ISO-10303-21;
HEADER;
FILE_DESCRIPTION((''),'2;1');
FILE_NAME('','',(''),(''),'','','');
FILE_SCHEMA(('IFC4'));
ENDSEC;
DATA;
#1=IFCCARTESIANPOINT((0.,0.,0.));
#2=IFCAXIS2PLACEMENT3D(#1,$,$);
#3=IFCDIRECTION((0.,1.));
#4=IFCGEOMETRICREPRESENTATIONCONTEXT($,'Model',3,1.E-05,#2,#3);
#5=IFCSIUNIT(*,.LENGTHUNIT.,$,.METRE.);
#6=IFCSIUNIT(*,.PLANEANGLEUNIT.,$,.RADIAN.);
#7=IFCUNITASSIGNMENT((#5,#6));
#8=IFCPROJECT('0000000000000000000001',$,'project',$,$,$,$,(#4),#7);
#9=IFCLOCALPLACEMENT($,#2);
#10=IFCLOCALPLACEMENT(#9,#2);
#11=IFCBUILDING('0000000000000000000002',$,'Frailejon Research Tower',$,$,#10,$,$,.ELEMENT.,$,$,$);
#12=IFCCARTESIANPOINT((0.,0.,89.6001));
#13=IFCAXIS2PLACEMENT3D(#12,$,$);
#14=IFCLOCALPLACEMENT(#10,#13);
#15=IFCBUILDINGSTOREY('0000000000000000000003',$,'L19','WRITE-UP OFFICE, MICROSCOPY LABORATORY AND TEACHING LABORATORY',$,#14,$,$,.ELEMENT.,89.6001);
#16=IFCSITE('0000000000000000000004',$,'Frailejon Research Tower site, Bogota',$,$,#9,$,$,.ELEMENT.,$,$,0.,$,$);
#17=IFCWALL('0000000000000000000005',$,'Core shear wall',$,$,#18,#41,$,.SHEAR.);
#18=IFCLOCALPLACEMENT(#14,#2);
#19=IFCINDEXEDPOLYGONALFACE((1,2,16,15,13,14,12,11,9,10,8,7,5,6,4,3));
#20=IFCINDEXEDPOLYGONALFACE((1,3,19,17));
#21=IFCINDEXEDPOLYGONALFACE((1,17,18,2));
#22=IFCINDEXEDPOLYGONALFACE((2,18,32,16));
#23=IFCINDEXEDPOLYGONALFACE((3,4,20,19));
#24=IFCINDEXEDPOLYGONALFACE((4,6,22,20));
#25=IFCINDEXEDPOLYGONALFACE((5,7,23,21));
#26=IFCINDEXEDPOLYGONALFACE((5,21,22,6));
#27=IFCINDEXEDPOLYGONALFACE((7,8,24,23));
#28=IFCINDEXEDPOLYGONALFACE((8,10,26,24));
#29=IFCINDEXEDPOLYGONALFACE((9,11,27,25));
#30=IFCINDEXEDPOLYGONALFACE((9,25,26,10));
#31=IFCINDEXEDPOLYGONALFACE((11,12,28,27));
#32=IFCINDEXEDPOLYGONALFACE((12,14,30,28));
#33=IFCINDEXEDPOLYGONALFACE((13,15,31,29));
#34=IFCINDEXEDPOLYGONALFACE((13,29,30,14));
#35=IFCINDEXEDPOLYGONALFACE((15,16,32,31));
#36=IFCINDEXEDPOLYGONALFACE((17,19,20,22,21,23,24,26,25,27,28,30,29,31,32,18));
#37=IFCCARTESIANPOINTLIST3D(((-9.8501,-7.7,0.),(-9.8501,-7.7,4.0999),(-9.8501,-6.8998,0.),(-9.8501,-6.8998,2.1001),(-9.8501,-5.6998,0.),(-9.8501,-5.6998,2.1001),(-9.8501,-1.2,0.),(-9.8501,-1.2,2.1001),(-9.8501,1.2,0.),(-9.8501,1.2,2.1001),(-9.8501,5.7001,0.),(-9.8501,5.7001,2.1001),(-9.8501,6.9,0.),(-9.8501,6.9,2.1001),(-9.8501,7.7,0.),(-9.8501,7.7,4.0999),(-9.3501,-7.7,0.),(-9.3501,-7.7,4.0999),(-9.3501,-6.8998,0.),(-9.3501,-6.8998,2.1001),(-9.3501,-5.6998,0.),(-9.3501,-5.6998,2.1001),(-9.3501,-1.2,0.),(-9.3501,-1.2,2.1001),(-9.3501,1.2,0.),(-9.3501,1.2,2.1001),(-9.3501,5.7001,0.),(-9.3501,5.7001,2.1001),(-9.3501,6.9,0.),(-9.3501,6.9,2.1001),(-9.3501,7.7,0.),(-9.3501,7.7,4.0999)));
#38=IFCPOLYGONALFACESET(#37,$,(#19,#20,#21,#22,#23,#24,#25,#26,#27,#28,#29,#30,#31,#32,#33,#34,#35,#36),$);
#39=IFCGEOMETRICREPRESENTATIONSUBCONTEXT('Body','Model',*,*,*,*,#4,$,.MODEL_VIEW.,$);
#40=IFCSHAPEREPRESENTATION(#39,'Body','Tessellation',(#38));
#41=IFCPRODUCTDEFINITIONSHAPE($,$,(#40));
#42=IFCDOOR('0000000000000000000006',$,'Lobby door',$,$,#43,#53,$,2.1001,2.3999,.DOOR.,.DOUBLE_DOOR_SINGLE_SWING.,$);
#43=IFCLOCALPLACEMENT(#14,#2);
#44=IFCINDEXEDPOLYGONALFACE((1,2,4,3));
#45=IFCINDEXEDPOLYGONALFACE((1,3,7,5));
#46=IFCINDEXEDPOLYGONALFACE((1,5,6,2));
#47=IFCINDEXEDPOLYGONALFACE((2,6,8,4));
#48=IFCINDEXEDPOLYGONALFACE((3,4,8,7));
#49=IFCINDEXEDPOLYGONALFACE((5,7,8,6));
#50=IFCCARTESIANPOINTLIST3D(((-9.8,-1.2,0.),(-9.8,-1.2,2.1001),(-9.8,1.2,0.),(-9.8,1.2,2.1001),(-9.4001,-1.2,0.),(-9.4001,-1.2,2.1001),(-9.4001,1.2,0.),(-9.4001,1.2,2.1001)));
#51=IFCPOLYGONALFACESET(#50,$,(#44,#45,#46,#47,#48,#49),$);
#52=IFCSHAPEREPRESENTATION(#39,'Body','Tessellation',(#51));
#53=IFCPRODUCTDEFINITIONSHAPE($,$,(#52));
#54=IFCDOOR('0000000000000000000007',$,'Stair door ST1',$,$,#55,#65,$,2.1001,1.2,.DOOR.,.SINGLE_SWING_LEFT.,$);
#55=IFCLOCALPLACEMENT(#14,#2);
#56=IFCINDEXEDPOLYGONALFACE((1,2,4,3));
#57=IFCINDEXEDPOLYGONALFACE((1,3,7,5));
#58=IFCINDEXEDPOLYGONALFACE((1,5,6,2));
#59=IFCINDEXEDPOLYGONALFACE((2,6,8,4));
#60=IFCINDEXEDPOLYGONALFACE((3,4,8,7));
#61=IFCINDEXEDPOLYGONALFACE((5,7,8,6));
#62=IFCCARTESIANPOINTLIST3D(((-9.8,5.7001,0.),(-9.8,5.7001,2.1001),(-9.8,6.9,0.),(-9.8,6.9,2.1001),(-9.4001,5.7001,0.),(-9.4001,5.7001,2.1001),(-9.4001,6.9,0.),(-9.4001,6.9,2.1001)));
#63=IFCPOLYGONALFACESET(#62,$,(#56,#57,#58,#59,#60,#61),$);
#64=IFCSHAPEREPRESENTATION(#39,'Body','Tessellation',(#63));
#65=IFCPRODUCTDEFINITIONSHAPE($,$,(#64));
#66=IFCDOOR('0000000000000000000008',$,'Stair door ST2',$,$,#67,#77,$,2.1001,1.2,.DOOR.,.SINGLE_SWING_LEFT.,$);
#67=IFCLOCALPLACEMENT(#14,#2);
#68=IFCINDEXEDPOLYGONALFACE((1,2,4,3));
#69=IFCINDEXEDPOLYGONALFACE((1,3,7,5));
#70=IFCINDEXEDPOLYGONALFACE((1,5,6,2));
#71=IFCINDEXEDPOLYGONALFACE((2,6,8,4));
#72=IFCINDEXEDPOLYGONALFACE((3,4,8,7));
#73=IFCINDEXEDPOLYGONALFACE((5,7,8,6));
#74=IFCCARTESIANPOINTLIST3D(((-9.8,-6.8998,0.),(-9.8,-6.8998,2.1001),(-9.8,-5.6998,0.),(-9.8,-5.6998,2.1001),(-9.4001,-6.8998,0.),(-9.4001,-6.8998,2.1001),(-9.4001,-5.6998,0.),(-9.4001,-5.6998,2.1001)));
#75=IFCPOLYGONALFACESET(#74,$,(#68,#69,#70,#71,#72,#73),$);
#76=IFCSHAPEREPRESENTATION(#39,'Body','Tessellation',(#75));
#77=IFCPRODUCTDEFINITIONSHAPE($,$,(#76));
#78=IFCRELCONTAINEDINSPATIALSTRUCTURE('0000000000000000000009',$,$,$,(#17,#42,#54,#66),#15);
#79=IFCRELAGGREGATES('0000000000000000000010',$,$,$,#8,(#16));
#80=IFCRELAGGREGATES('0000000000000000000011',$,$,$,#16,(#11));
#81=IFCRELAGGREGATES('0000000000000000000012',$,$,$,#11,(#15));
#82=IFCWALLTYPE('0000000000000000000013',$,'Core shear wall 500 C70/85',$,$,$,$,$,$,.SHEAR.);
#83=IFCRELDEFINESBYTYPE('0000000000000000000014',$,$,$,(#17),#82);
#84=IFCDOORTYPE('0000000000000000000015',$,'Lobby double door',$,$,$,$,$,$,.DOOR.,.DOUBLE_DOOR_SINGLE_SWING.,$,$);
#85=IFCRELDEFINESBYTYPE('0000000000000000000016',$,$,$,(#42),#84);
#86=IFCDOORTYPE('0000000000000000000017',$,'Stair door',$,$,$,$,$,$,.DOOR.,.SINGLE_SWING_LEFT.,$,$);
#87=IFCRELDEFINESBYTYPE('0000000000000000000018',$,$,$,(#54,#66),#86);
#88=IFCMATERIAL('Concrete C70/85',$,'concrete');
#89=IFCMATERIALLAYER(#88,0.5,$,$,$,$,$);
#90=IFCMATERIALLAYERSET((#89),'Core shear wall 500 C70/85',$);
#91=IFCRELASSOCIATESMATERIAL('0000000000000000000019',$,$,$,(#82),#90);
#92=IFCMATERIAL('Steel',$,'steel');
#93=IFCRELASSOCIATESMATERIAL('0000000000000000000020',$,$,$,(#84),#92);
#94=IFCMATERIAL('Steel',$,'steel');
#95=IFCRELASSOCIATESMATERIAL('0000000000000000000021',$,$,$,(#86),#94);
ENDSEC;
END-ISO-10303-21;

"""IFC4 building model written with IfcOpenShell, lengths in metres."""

from ifc_helpers import new_model, si_unit, direction, frame, frame_2d, origin, place, context, subcontext, project, spatial, rectangle, extrude, material, layer, layer_set, type_object, element, fill, save


model = new_model("IFC4")

# Units and contexts
model_context = context("Model", 3, precision=1e-05, world=origin(), true_north=direction((0.0, 1.0)))
body_context = subcontext(model_context, "Body", "Model", "MODEL_VIEW")
ifc_project = project(units=[si_unit("LENGTHUNIT", "METRE"), si_unit("PLANEANGLEUNIT", "RADIAN")], contexts=[model_context])

# Site, building, storey
site_placement = place(None, origin())
site = spatial("IfcSite", under=ifc_project, at=site_placement, Name="Frailejon Research Tower site, Bogota", CompositionType="ELEMENT", RefElevation=0.0)
building_placement = place(site_placement, origin())
building = spatial("IfcBuilding", under=site, at=building_placement, Name="Frailejon Research Tower", CompositionType="ELEMENT")
storey_placement = place(building_placement, frame((0.0, 0.0, 89.6001)))
storey = spatial("IfcBuildingStorey", under=building, at=storey_placement, Name="L19", Description="WRITE-UP OFFICE, MICROSCOPY LABORATORY AND TEACHING LABORATORY", CompositionType="ELEMENT", Elevation=89.6001)

# Wall, openings, doors
ifc_material_1 = material(Name="Concrete C70/85", Category="concrete")
ifc_layer_1 = layer(ifc_material_1, 0.5)
ifc_layer_set_1 = layer_set([ifc_layer_1], Name="Core shear wall 500 C70/85")
wall_type_1 = type_object("IfcWallType", Name="Core shear wall 500 C70/85", PredefinedType="SHEAR", material=ifc_layer_set_1)
wall_1_placement = place(storey_placement, frame((-9.6001, -7.7, 0.0), z_axis=(0.0, 0.0, 1.0), x_axis=(0.0, 1.0, 0.0)))
wall_1 = element("IfcWall", 1, at=wall_1_placement, inside=storey, type_object=wall_type_1, Name="Core shear wall", PredefinedType="SHEAR", context=body_context, shape_type="SweptSolid", body=[
    extrude(rectangle(XDim=15.3999, YDim=0.5, at=frame_2d((7.7, 0.0))), origin(), (0.0, 0.0, 1.0), 4.0999),
])
opening_1_placement = place(wall_1_placement, frame((6.5, 0.0, 0.0)))
opening_1 = element("IfcOpeningElement", 2, at=opening_1_placement, cuts=wall_1, PredefinedType="OPENING", context=body_context, shape_type="SweptSolid", body=[
    extrude(rectangle(XDim=2.3999, YDim=2.1001, at=frame_2d((1.2, 1.05))), frame((0.0, 0.26, 0.0), z_axis=(0.0, -1.0, 0.0), x_axis=(1.0, 0.0, 0.0)), (0.0, 0.0, 1.0), 0.52),
])
opening_2_placement = place(wall_1_placement, frame((13.3999, 0.0, 0.0)))
opening_2 = element("IfcOpeningElement", 3, at=opening_2_placement, cuts=wall_1, PredefinedType="OPENING", context=body_context, shape_type="SweptSolid", body=[
    extrude(rectangle(XDim=1.2, YDim=2.1001, at=frame_2d((0.6001, 1.05))), frame((0.0, 0.26, 0.0), z_axis=(0.0, -1.0, 0.0), x_axis=(1.0, 0.0, 0.0)), (0.0, 0.0, 1.0), 0.52),
])
opening_3_placement = place(wall_1_placement, frame((0.8, 0.0, 0.0)))
opening_3 = element("IfcOpeningElement", 4, at=opening_3_placement, cuts=wall_1, PredefinedType="OPENING", context=body_context, shape_type="SweptSolid", body=[
    extrude(rectangle(XDim=1.2, YDim=2.1001, at=frame_2d((0.6001, 1.05))), frame((0.0, 0.26, 0.0), z_axis=(0.0, -1.0, 0.0), x_axis=(1.0, 0.0, 0.0)), (0.0, 0.0, 1.0), 0.52),
])
ifc_material_2 = material(Name="Steel", Category="steel")
door_type_1 = type_object("IfcDoorType", Name="Lobby double door", OperationType="DOUBLE_DOOR_SINGLE_SWING", PredefinedType="DOOR", material=ifc_material_2)
door_1_placement = place(opening_1_placement, origin())
door_1 = element("IfcDoor", 5, at=door_1_placement, inside=storey, type_object=door_type_1, Name="Lobby door", OperationType="DOUBLE_DOOR_SINGLE_SWING", OverallHeight=2.1001, OverallWidth=2.3999, PredefinedType="DOOR", context=body_context, shape_type="SweptSolid", body=[
    extrude(rectangle(XDim=2.3999, YDim=2.1001, at=frame_2d((1.2, 1.05))), frame((0.0, 0.2, 0.0), z_axis=(0.0, -1.0, 0.0), x_axis=(1.0, 0.0, 0.0)), (0.0, 0.0, 1.0), 0.3999),
])
fill(opening_1, door_1)
ifc_material_3 = material(Name="Steel", Category="steel")
door_type_2 = type_object("IfcDoorType", Name="Stair door", OperationType="SINGLE_SWING_LEFT", PredefinedType="DOOR", material=ifc_material_3)
door_2_placement = place(opening_2_placement, origin())
door_2 = element("IfcDoor", 6, at=door_2_placement, inside=storey, type_object=door_type_2, Name="Stair door ST1", OperationType="SINGLE_SWING_LEFT", OverallHeight=2.1001, OverallWidth=1.2, PredefinedType="DOOR", context=body_context, shape_type="SweptSolid", body=[
    extrude(rectangle(XDim=1.2, YDim=2.1001, at=frame_2d((0.6001, 1.05))), frame((0.0, 0.2, 0.0), z_axis=(0.0, -1.0, 0.0), x_axis=(1.0, 0.0, 0.0)), (0.0, 0.0, 1.0), 0.3999),
])
fill(opening_2, door_2)
door_3_placement = place(opening_3_placement, origin())
door_3 = element("IfcDoor", 7, at=door_3_placement, inside=storey, type_object=door_type_2, Name="Stair door ST2", OperationType="SINGLE_SWING_LEFT", OverallHeight=2.1001, OverallWidth=1.2, PredefinedType="DOOR", context=body_context, shape_type="SweptSolid", body=[
    extrude(rectangle(XDim=1.2, YDim=2.1001, at=frame_2d((0.6001, 1.05))), frame((0.0, 0.2, 0.0), z_axis=(0.0, -1.0, 0.0), x_axis=(1.0, 0.0, 0.0)), (0.0, 0.0, 1.0), 0.3999),
])
fill(opening_3, door_3)

save(model, "model.ifc")
